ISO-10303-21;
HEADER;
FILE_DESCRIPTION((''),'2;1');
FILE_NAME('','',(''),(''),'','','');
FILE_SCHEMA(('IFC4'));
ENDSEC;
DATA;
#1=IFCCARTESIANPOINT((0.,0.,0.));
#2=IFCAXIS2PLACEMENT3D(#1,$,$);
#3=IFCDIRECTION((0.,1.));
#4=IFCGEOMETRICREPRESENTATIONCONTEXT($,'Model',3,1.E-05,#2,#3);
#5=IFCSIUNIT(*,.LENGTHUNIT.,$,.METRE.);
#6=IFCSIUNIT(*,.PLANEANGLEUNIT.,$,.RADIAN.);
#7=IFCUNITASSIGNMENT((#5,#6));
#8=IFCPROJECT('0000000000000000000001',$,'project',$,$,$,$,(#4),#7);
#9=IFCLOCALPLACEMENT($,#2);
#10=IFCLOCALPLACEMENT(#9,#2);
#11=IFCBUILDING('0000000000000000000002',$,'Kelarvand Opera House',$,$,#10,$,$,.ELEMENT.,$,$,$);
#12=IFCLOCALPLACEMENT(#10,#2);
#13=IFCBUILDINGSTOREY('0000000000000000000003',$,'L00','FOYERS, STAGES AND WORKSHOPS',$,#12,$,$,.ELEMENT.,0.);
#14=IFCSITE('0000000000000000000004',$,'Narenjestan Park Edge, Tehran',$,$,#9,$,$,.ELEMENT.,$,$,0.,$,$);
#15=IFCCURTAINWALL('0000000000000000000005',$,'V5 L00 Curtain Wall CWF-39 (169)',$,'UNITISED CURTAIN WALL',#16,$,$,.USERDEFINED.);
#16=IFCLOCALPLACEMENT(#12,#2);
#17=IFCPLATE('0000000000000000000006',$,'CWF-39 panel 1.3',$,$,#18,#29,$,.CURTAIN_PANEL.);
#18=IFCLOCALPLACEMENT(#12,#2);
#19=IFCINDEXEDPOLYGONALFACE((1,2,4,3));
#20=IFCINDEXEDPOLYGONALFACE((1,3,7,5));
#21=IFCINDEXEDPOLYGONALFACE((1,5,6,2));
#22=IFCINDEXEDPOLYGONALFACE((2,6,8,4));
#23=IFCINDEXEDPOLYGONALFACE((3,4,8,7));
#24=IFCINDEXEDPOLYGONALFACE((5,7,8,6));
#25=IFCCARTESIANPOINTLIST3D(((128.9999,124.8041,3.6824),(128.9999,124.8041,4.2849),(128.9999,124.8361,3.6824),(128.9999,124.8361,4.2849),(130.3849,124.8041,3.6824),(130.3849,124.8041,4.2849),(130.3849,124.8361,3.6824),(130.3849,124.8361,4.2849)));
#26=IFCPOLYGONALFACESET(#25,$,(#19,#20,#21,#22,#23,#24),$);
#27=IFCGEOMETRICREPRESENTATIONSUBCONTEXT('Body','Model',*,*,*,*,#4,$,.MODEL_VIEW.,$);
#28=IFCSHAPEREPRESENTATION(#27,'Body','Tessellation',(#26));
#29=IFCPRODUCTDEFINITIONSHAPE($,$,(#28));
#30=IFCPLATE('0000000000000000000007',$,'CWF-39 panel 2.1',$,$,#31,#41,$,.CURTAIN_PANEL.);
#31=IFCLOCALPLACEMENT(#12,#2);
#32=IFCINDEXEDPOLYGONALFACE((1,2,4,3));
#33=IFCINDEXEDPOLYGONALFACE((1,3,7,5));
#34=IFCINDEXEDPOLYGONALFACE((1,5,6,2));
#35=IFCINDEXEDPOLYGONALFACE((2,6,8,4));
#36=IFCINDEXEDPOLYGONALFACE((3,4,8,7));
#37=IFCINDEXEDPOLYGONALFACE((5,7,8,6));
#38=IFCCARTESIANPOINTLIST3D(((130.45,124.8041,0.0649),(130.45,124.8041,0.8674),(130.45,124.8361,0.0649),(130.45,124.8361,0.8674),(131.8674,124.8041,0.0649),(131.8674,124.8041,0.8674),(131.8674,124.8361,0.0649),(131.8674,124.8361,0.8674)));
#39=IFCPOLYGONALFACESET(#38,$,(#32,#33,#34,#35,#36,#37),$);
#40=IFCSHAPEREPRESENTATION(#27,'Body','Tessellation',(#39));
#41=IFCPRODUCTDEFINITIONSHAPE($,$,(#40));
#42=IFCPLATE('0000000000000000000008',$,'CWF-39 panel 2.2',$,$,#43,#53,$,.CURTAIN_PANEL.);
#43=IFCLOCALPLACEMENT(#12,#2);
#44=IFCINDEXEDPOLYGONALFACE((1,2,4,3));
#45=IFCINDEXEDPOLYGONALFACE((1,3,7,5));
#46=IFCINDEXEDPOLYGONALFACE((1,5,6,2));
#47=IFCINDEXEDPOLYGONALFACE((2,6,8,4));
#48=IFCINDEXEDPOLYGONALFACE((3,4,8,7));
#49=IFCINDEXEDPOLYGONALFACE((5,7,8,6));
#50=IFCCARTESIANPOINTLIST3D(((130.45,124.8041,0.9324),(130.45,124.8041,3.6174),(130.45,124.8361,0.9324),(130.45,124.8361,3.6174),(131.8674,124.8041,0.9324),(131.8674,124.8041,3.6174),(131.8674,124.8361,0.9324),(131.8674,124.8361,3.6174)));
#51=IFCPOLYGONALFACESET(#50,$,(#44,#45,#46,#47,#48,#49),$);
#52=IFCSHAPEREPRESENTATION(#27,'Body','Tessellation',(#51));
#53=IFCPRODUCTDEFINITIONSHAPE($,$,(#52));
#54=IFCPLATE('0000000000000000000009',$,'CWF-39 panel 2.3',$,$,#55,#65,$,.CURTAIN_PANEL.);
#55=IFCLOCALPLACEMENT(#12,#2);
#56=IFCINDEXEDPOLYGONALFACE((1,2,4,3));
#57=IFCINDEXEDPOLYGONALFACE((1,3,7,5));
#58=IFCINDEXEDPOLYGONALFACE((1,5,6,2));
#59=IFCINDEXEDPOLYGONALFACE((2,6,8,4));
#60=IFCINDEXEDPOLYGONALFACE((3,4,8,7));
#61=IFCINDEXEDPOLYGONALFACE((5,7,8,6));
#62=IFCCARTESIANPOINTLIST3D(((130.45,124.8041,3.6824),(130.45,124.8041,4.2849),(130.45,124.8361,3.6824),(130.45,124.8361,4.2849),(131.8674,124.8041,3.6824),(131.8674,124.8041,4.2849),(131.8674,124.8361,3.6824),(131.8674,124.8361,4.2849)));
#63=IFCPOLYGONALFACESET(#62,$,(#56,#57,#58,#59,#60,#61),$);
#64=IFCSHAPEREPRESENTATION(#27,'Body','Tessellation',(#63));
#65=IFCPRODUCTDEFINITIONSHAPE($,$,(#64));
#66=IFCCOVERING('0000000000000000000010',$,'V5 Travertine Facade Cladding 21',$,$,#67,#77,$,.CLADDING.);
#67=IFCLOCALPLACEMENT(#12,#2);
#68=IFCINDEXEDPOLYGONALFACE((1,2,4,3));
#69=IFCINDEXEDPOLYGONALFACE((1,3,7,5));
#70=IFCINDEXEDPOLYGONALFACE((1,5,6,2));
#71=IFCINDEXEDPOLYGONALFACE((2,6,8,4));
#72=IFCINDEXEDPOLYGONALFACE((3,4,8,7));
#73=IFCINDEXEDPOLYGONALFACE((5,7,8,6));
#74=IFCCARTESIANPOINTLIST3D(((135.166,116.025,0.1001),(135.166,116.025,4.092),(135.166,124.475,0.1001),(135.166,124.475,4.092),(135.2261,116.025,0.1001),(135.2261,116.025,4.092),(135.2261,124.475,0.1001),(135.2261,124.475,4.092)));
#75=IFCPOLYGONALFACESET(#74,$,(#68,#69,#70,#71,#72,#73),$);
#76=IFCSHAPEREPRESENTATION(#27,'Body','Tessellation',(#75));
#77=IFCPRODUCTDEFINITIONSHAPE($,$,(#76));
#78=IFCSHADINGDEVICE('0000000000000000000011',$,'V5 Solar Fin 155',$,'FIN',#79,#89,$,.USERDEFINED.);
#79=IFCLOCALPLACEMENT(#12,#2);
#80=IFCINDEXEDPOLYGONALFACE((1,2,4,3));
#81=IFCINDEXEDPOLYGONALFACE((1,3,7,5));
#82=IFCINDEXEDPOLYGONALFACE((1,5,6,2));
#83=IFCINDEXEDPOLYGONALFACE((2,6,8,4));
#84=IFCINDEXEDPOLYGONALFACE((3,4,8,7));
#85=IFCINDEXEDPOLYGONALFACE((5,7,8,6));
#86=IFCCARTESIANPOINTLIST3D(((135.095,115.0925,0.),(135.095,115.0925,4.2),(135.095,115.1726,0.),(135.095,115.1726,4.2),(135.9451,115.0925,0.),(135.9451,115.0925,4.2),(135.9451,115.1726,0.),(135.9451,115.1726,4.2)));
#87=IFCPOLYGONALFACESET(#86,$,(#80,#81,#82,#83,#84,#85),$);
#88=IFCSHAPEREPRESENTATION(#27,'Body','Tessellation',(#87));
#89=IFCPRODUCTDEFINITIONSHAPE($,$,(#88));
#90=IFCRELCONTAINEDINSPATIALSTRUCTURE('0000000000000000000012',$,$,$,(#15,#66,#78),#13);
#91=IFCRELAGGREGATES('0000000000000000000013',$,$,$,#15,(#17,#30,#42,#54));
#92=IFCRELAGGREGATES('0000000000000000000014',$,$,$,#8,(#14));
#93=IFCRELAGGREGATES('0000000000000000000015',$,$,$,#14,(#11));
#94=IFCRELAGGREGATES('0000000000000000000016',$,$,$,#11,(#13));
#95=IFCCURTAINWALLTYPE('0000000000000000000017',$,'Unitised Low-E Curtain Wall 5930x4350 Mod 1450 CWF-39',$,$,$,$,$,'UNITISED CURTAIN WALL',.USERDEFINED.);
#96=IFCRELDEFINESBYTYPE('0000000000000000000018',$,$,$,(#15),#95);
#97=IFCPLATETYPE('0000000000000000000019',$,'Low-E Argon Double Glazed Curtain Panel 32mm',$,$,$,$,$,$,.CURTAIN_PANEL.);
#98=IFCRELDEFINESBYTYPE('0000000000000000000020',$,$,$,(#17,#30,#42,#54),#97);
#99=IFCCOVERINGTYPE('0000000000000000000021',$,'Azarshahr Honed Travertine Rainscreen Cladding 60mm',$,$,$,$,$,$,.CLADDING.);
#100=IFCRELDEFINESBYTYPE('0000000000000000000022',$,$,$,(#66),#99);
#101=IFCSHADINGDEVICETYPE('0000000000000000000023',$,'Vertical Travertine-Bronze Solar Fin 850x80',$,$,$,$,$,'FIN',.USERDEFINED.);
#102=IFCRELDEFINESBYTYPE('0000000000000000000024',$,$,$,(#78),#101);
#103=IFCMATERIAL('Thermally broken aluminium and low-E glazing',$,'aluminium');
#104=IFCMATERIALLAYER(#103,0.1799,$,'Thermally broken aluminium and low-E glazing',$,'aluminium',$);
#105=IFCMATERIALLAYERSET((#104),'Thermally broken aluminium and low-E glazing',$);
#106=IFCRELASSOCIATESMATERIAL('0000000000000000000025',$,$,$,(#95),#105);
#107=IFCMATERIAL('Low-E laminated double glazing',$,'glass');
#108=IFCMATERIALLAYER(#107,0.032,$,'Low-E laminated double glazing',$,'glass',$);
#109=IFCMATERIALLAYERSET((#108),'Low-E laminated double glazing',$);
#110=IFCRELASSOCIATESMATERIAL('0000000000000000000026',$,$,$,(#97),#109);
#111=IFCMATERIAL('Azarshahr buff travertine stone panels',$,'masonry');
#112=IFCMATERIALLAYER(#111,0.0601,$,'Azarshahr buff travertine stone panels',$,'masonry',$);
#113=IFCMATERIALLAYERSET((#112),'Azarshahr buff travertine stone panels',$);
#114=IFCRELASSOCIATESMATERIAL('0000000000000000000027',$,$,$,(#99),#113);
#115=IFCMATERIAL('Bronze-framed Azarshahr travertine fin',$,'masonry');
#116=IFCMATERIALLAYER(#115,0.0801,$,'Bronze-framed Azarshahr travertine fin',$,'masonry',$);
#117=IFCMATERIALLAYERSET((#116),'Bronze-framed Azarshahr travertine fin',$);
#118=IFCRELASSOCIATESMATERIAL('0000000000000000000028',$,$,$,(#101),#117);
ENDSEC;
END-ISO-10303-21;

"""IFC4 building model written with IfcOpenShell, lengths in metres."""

from ifc_helpers import new_model, si_unit, direction, frame, origin, origin_2d, place, context, subcontext, project, spatial, rectangle, extrude, material, layer, layer_set, type_object, element, aggregate, save


model = new_model("IFC4")

# Units and contexts
model_context = context("Model", 3, precision=1e-05, world=origin(), true_north=direction((0.0, 1.0)))
body_context = subcontext(model_context, "Body", "Model", "MODEL_VIEW")
ifc_project = project(units=[si_unit("LENGTHUNIT", "METRE"), si_unit("PLANEANGLEUNIT", "RADIAN")], contexts=[model_context])

# Site, building, storey
site_placement = place(None, origin())
site = spatial("IfcSite", under=ifc_project, at=site_placement, Name="Narenjestan Park Edge, Tehran", CompositionType="ELEMENT", RefElevation=0.0)
building_placement = place(site_placement, origin())
building = spatial("IfcBuilding", under=site, at=building_placement, Name="Kelarvand Opera House", CompositionType="ELEMENT")
storey_placement = place(building_placement, origin())
storey = spatial("IfcBuildingStorey", under=building, at=storey_placement, Name="L00", Description="FOYERS, STAGES AND WORKSHOPS", CompositionType="ELEMENT", Elevation=0.0)

# Shared definitions
ifc_material_1 = material(Name="Thermally broken aluminium and low-E glazing", Category="aluminium")

# Curtain wall
ifc_layer_1 = layer(ifc_material_1, 0.1799, Name="Thermally broken aluminium and low-E glazing", Category="aluminium")
ifc_layer_set_1 = layer_set([ifc_layer_1], Name="Thermally broken aluminium and low-E glazing")
curtain_wall_type_1 = type_object("IfcCurtainWallType", Name="Unitised Low-E Curtain Wall 5930x4350 Mod 1450 CWF-39", ElementType="UNITISED CURTAIN WALL", PredefinedType="USERDEFINED", material=ifc_layer_set_1)
curtain_wall_1_placement = place(storey_placement, origin())
curtain_wall_1 = element("IfcCurtainWall", 1, at=curtain_wall_1_placement, inside=storey, type_object=curtain_wall_type_1, Name="V5 L00 Curtain Wall CWF-39 (169)", ObjectType="UNITISED CURTAIN WALL", PredefinedType="USERDEFINED")

# Plates
ifc_material_2 = material(Name="Low-E laminated double glazing", Category="glass")
ifc_layer_2 = layer(ifc_material_2, 0.032, Name="Low-E laminated double glazing", Category="glass")
ifc_layer_set_2 = layer_set([ifc_layer_2], Name="Low-E laminated double glazing")
plate_type = type_object("IfcPlateType", Name="Low-E Argon Double Glazed Curtain Panel 32mm", PredefinedType="CURTAIN_PANEL", material=ifc_layer_set_2)
plate_1_placement = place(storey_placement, frame((129.6924, 124.8201, 3.6824), z_axis=(0.0, 0.0, 1.0), x_axis=(1.0, 0.0, 0.0)))
plate_1 = element("IfcPlate", 2, at=plate_1_placement, type_object=plate_type, Name="CWF-39 panel 1.3", PredefinedType="CURTAIN_PANEL", context=body_context, shape_type="SweptSolid", body=[
    extrude(rectangle(XDim=1.385, YDim=0.032, at=origin_2d()), origin(), (0.0, 0.0, 1.0), 0.6025),
])
plate_2_placement = place(storey_placement, frame((131.1587, 124.8201, 0.0649), z_axis=(0.0, 0.0, 1.0), x_axis=(1.0, 0.0, 0.0)))
plate_2 = element("IfcPlate", 3, at=plate_2_placement, type_object=plate_type, Name="CWF-39 panel 2.1", PredefinedType="CURTAIN_PANEL", context=body_context, shape_type="SweptSolid", body=[
    extrude(rectangle(XDim=1.4175, YDim=0.032, at=origin_2d()), origin(), (0.0, 0.0, 1.0), 0.8025),
])
plate_3_placement = place(storey_placement, frame((131.1587, 124.8201, 0.9324), z_axis=(0.0, 0.0, 1.0), x_axis=(1.0, 0.0, 0.0)))
plate_3 = element("IfcPlate", 4, at=plate_3_placement, type_object=plate_type, Name="CWF-39 panel 2.2", PredefinedType="CURTAIN_PANEL", context=body_context, shape_type="SweptSolid", body=[
    extrude(rectangle(XDim=1.4175, YDim=0.032, at=origin_2d()), origin(), (0.0, 0.0, 1.0), 2.6851),
])
plate_4_placement = place(storey_placement, frame((131.1587, 124.8201, 3.6824), z_axis=(0.0, 0.0, 1.0), x_axis=(1.0, 0.0, 0.0)))
plate_4 = element("IfcPlate", 5, at=plate_4_placement, type_object=plate_type, Name="CWF-39 panel 2.3", PredefinedType="CURTAIN_PANEL", context=body_context, shape_type="SweptSolid", body=[
    extrude(rectangle(XDim=1.4175, YDim=0.032, at=origin_2d()), origin(), (0.0, 0.0, 1.0), 0.6025),
])
aggregate(curtain_wall_1, [plate_1, plate_2, plate_3, plate_4])

# Covering
ifc_material_3 = material(Name="Azarshahr buff travertine stone panels", Category="masonry")
ifc_layer_3 = layer(ifc_material_3, 0.0601, Name="Azarshahr buff travertine stone panels", Category="masonry")
ifc_layer_set_3 = layer_set([ifc_layer_3], Name="Azarshahr buff travertine stone panels")
covering_type = type_object("IfcCoveringType", Name="Azarshahr Honed Travertine Rainscreen Cladding 60mm", PredefinedType="CLADDING", material=ifc_layer_set_3)
covering_placement = place(storey_placement, frame((135.196, 120.25, 0.1001), z_axis=(0.0, 0.0, 1.0), x_axis=(0.0, -1.0, 0.0)))
element("IfcCovering", 6, at=covering_placement, inside=storey, type_object=covering_type, Name="V5 Travertine Facade Cladding 21", PredefinedType="CLADDING", context=body_context, shape_type="SweptSolid", body=[
    extrude(rectangle(XDim=8.45, YDim=0.0601, at=origin_2d()), origin(), (0.0, 0.0, 1.0), 3.9919),
])

# Shading device
ifc_material_4 = material(Name="Bronze-framed Azarshahr travertine fin", Category="masonry")
ifc_layer_4 = layer(ifc_material_4, 0.0801, Name="Bronze-framed Azarshahr travertine fin", Category="masonry")
ifc_layer_set_4 = layer_set([ifc_layer_4], Name="Bronze-framed Azarshahr travertine fin")
shading_device_type = type_object("IfcShadingDeviceType", Name="Vertical Travertine-Bronze Solar Fin 850x80", ElementType="FIN", PredefinedType="USERDEFINED", material=ifc_layer_set_4)
shading_device_placement = place(storey_placement, frame((135.52, 115.1326, 0.0), z_axis=(0.0, 0.0, 1.0), x_axis=(1.0, 0.0, 0.0)))
element("IfcShadingDevice", 7, at=shading_device_placement, inside=storey, type_object=shading_device_type, Name="V5 Solar Fin 155", ObjectType="FIN", PredefinedType="USERDEFINED", context=body_context, shape_type="SweptSolid", body=[
    extrude(rectangle(XDim=0.8501, YDim=0.0801, at=origin_2d()), origin(), (0.0, 0.0, 1.0), 4.2),
])

save(model, "model.ifc")
